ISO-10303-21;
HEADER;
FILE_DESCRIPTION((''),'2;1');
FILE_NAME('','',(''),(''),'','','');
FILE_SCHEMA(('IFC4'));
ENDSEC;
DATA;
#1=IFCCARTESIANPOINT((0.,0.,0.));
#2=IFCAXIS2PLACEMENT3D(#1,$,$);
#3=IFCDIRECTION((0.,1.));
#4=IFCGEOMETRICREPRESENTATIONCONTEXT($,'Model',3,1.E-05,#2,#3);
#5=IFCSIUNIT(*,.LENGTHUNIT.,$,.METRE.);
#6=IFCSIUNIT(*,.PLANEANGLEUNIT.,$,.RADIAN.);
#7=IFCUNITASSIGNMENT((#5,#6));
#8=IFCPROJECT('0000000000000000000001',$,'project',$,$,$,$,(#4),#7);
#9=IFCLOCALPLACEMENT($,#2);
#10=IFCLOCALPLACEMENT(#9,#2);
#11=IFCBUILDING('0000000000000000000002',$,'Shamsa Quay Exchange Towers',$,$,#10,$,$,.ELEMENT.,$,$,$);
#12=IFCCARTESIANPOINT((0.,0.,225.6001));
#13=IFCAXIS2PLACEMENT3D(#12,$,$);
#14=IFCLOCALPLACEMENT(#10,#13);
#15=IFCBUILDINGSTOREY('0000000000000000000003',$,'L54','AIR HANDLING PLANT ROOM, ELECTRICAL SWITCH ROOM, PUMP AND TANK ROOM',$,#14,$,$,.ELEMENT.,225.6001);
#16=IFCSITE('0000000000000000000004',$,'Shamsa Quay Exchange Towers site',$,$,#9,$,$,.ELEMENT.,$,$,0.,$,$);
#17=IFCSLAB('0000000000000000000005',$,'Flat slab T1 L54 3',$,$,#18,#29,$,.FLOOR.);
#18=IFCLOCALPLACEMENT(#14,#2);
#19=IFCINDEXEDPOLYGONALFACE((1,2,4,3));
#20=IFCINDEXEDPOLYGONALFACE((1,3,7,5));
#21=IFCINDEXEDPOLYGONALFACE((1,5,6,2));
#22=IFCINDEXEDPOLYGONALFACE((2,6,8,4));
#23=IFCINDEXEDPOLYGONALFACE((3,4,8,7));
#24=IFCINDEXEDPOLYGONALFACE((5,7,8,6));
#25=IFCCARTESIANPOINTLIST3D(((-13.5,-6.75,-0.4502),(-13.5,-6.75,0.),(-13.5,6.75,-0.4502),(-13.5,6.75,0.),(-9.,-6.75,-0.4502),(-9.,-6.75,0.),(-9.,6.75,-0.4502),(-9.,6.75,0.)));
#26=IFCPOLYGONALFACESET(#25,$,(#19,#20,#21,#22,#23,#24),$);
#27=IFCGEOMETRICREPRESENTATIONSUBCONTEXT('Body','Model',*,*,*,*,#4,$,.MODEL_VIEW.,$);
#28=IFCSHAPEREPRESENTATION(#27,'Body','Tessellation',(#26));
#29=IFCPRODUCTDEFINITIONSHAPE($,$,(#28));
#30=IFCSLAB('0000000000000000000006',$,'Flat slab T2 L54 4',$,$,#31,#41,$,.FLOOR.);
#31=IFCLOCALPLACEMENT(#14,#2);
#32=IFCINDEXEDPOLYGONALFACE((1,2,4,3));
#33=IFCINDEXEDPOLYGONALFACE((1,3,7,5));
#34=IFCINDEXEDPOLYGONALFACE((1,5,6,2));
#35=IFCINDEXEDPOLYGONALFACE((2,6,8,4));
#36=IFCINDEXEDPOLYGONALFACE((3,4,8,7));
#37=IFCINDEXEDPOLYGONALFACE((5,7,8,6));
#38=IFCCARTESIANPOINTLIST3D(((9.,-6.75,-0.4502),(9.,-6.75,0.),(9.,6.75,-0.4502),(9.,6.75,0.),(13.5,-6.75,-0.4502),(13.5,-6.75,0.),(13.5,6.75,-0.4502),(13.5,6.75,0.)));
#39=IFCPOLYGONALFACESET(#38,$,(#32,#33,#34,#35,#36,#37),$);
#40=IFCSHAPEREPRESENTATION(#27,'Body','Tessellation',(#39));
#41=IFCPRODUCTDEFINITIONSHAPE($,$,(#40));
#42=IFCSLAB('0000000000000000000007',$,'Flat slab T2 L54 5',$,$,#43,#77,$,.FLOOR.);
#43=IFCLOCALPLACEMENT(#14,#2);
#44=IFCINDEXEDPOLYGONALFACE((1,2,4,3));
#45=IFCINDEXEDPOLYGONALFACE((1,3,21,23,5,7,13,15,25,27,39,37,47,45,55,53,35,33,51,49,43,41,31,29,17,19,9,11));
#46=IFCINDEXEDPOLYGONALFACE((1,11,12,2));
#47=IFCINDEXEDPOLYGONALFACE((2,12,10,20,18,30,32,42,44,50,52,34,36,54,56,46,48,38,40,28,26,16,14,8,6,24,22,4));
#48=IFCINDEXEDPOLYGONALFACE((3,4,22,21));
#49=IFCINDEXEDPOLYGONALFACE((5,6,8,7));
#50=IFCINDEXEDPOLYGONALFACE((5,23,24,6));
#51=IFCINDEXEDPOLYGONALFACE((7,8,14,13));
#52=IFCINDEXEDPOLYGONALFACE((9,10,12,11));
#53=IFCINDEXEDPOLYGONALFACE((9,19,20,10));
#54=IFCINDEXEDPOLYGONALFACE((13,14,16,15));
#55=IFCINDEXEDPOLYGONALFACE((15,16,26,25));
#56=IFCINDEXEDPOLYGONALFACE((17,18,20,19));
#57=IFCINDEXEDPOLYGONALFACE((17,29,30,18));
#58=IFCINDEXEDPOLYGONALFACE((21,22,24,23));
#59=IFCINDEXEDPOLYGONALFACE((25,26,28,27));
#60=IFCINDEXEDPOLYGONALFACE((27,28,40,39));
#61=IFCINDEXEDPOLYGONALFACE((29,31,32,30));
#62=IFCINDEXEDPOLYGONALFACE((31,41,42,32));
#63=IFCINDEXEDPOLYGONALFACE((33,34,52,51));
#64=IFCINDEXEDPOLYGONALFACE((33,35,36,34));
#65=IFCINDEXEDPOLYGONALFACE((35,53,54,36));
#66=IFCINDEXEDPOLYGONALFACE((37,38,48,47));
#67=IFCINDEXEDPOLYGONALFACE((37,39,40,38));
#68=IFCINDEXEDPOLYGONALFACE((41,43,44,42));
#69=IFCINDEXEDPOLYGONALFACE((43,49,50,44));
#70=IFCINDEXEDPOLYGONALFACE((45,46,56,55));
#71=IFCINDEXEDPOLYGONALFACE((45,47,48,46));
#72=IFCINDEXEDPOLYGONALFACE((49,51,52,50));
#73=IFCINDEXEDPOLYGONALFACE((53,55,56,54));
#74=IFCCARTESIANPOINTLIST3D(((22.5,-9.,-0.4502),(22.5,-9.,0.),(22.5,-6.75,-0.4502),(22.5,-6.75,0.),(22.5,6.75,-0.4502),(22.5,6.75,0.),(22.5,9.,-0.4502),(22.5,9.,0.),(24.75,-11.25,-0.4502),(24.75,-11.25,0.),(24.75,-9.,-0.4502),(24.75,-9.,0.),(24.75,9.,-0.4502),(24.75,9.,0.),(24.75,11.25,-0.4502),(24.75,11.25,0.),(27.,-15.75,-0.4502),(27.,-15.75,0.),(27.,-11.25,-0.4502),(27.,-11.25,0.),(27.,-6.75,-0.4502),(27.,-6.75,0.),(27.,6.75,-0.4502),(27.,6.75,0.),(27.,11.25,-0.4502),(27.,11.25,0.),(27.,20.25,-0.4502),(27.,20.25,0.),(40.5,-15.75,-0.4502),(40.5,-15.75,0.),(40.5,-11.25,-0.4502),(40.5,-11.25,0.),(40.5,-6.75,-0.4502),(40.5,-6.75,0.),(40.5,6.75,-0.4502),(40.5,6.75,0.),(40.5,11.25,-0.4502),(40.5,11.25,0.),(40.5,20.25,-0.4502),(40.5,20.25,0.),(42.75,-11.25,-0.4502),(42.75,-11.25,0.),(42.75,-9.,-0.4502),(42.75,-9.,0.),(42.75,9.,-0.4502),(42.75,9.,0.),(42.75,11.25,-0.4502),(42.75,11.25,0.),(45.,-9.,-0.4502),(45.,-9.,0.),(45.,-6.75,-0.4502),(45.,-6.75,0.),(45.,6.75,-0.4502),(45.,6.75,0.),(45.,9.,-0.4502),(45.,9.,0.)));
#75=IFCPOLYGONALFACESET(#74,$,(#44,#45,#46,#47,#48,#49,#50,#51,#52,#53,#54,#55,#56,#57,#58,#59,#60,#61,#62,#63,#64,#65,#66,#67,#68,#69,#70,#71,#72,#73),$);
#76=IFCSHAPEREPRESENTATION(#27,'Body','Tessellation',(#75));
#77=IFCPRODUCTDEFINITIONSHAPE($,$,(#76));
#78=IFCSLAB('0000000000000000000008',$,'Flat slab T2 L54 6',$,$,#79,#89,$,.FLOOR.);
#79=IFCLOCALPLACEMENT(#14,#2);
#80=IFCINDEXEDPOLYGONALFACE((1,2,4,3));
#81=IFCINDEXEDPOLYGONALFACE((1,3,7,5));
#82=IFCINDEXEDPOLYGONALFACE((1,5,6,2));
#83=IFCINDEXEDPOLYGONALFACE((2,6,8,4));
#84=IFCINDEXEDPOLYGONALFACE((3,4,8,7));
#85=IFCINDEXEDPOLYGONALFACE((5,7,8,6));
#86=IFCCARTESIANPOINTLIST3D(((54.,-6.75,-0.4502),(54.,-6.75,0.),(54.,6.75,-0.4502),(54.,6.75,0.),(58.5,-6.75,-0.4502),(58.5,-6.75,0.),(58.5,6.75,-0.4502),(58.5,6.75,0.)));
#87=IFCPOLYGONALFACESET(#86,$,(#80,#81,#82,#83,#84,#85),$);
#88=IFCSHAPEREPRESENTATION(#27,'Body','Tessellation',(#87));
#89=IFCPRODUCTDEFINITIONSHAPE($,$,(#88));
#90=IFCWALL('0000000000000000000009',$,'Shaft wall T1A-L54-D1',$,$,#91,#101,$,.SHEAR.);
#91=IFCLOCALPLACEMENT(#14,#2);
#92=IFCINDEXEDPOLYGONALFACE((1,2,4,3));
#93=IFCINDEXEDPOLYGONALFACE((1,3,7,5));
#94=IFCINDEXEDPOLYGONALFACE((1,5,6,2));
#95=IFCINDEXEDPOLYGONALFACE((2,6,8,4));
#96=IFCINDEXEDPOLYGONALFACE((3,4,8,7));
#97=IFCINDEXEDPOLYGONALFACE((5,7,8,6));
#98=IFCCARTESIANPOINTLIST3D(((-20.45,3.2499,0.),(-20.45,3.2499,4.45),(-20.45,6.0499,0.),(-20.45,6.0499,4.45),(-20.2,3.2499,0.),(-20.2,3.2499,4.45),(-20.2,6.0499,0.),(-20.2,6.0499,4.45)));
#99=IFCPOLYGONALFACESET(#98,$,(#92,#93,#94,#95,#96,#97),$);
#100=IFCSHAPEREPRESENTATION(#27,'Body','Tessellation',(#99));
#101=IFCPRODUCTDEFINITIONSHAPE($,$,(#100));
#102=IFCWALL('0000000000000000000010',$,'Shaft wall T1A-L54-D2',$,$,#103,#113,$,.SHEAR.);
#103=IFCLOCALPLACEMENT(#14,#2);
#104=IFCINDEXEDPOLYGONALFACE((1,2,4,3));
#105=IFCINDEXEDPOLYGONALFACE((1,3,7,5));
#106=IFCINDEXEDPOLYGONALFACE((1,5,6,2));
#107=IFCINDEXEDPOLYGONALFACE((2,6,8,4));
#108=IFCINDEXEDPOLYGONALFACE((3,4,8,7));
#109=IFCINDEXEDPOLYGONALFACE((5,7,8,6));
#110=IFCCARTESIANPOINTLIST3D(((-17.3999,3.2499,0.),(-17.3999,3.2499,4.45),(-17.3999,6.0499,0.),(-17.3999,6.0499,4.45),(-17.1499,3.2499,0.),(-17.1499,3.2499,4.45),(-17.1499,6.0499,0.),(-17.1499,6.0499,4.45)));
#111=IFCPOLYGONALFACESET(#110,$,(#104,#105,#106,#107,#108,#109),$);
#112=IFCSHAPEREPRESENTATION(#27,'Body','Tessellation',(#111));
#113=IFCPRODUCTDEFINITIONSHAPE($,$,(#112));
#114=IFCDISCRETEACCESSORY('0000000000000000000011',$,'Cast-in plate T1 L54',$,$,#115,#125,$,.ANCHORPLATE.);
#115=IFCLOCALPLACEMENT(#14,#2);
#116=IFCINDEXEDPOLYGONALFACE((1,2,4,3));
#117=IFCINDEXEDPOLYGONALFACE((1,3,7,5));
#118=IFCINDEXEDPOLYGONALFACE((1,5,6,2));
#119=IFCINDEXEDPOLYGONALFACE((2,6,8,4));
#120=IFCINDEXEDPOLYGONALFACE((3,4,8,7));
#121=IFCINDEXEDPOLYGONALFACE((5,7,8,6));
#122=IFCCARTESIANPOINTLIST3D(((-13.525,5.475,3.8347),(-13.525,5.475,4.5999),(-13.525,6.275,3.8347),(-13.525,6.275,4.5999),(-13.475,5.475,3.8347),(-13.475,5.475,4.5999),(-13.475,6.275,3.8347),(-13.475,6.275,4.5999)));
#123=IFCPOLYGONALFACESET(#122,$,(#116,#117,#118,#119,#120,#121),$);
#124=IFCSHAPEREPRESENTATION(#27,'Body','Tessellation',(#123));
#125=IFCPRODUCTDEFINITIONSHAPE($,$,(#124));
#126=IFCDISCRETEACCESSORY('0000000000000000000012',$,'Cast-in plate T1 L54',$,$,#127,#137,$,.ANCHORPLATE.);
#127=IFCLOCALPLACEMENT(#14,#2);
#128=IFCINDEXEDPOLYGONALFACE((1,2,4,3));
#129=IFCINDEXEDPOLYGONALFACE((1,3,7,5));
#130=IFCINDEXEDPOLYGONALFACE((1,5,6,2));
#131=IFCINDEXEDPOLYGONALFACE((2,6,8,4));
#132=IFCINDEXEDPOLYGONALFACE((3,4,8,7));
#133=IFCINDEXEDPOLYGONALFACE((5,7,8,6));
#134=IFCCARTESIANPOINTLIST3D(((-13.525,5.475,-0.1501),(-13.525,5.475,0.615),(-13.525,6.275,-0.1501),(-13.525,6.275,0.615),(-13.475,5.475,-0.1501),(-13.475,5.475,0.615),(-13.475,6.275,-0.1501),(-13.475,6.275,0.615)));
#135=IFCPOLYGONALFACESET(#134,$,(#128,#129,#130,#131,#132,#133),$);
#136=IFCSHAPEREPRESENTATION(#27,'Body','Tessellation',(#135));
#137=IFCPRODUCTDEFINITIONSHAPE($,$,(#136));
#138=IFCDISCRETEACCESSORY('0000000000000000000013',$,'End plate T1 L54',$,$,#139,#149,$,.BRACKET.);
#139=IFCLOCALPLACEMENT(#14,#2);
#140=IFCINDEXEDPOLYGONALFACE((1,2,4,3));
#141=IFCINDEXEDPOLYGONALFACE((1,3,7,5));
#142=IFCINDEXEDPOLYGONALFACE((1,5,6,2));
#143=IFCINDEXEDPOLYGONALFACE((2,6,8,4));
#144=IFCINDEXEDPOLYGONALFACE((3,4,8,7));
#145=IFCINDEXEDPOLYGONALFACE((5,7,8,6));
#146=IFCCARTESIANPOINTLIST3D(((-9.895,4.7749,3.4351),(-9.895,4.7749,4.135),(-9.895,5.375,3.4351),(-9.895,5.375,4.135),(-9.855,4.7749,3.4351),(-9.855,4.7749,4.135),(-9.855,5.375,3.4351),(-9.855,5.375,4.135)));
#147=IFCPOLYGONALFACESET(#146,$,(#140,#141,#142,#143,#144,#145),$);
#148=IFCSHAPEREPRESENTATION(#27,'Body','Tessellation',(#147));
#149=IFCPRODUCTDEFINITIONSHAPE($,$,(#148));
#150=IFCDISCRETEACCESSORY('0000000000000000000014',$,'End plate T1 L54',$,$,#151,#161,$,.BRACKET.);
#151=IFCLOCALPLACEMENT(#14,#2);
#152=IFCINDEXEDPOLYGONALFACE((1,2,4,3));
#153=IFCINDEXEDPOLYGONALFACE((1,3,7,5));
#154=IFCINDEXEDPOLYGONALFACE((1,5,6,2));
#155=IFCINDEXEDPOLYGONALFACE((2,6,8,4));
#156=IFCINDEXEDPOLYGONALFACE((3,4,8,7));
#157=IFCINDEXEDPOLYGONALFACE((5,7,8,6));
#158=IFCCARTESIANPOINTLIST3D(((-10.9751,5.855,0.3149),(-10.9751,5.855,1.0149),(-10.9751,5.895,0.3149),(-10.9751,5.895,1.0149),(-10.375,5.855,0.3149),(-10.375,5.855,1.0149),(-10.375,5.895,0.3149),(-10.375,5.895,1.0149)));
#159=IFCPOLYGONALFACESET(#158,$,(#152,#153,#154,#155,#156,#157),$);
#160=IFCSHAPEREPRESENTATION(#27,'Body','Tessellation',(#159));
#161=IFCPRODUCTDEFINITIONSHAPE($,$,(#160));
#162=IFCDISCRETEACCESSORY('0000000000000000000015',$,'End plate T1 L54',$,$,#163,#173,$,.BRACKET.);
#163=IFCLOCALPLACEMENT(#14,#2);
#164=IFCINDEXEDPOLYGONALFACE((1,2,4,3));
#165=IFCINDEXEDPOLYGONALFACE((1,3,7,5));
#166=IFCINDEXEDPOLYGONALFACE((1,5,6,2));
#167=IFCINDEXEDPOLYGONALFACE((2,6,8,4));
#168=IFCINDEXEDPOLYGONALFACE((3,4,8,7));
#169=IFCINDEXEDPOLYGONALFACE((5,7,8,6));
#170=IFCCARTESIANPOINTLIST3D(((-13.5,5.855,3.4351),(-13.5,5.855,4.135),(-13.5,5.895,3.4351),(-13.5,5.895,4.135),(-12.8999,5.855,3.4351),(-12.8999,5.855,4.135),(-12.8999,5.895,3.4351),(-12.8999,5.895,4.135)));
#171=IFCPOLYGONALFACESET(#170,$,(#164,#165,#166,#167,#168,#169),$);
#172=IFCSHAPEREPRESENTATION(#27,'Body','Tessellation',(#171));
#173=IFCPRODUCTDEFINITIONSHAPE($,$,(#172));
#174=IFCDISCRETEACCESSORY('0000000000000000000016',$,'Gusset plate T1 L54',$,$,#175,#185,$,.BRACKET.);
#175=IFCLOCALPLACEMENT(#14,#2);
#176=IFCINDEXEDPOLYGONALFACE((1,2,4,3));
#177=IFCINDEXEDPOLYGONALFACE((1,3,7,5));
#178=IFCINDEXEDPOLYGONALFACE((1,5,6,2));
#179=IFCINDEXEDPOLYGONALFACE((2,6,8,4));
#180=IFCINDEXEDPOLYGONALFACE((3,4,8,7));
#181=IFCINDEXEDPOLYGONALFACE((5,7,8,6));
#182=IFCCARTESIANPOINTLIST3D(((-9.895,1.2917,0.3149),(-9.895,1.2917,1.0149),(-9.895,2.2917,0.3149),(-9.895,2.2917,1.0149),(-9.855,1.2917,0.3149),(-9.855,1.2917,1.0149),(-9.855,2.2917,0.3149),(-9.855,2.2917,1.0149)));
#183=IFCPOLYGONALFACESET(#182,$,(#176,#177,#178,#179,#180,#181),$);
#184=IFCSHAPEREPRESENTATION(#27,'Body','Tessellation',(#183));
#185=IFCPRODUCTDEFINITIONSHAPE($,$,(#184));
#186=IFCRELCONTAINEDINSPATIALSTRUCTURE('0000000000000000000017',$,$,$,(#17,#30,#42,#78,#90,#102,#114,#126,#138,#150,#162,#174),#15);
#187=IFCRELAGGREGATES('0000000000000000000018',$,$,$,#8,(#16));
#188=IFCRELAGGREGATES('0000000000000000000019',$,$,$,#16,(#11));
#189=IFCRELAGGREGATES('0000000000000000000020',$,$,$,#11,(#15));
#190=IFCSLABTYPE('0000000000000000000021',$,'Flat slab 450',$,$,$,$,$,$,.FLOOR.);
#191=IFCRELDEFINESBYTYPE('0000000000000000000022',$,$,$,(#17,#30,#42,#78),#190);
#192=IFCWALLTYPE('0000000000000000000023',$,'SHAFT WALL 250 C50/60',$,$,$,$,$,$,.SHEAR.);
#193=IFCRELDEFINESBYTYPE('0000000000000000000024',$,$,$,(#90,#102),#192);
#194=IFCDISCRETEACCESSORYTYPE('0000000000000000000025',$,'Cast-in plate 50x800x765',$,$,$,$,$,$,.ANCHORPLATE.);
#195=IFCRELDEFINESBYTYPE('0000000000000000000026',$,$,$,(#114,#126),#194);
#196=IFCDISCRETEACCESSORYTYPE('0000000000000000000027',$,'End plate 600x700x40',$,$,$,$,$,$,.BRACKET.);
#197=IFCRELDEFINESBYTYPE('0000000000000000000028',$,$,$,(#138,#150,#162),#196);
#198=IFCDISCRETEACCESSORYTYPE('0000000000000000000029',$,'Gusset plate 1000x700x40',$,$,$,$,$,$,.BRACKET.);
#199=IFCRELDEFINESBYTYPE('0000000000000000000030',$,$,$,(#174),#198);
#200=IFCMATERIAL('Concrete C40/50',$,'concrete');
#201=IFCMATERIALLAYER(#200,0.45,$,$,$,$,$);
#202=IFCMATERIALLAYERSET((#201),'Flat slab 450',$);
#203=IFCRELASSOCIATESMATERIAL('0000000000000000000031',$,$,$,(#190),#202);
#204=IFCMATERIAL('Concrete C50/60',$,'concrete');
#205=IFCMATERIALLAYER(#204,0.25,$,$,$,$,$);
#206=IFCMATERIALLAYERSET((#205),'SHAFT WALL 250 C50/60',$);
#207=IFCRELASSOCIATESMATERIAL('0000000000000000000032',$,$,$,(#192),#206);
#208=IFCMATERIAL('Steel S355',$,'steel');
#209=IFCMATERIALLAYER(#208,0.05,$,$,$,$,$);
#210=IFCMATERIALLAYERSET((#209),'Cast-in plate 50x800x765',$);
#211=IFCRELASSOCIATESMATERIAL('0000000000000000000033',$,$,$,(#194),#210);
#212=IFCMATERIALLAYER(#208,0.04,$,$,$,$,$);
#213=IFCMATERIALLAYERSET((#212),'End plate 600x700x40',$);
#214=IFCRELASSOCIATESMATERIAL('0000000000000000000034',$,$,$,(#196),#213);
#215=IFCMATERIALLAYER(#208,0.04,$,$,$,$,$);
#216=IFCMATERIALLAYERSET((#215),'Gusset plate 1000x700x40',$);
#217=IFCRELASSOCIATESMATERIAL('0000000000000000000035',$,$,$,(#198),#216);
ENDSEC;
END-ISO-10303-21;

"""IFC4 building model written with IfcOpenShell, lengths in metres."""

from ifc_helpers import new_model, si_unit, direction, frame, frame_2d, origin, origin_2d, place, context, subcontext, project, spatial, polyline, rectangle, outline, extrude, material, layer, layer_set, type_object, element, save


model = new_model("IFC4")

# Units and contexts
model_context = context("Model", 3, precision=1e-05, world=origin(), true_north=direction((0.0, 1.0)))
body_context = subcontext(model_context, "Body", "Model", "MODEL_VIEW")
ifc_project = project(units=[si_unit("LENGTHUNIT", "METRE"), si_unit("PLANEANGLEUNIT", "RADIAN")], contexts=[model_context])

# Site, building, storey
site_placement = place(None, origin())
site = spatial("IfcSite", under=ifc_project, at=site_placement, Name="Shamsa Quay Exchange Towers site", CompositionType="ELEMENT", RefElevation=0.0)
building_placement = place(site_placement, origin())
building = spatial("IfcBuilding", under=site, at=building_placement, Name="Shamsa Quay Exchange Towers", CompositionType="ELEMENT")
storey_placement = place(building_placement, frame((0.0, 0.0, 225.6001)))
storey = spatial("IfcBuildingStorey", under=building, at=storey_placement, Name="L54", Description="AIR HANDLING PLANT ROOM, ELECTRICAL SWITCH ROOM, PUMP AND TANK ROOM", CompositionType="ELEMENT", Elevation=225.6001)

# Shared definitions
ifc_material_1 = material(Name="Steel S355", Category="steel")

# Shared definitions
ifc_material_2 = material(Name="Concrete C50/60", Category="concrete")

# Shared definitions
ifc_material_3 = material(Name="Concrete C40/50", Category="concrete")

# Slabs
ifc_layer_1 = layer(ifc_material_3, 0.45)
ifc_layer_set_1 = layer_set([ifc_layer_1], Name="Flat slab 450")
slab_type_1 = type_object("IfcSlabType", Name="Flat slab 450", PredefinedType="FLOOR", material=ifc_layer_set_1)
slab_1_placement = place(storey_placement, frame((0.0, 0.0, -0.4502)))
element("IfcSlab", 1, at=slab_1_placement, inside=storey, type_object=slab_type_1, Name="Flat slab T1 L54 3", PredefinedType="FLOOR", context=body_context, shape_type="SweptSolid", body=[
    extrude(outline(polyline([(-9.0, 6.75), (-13.5, 6.75), (-13.5, -6.75), (-9.0, -6.75), (-9.0, 6.75)])), origin(), (0.0, 0.0, 1.0), 0.4502),
])
slab_2_placement = place(storey_placement, frame((0.0, 0.0, -0.4502)))
element("IfcSlab", 2, at=slab_2_placement, inside=storey, type_object=slab_type_1, Name="Flat slab T2 L54 4", PredefinedType="FLOOR", context=body_context, shape_type="SweptSolid", body=[
    extrude(outline(polyline([(9.0, -6.75), (13.5, -6.75), (13.5, 6.75), (9.0, 6.75), (9.0, -6.75)])), origin(), (0.0, 0.0, 1.0), 0.4502),
])
slab_3_placement = place(storey_placement, frame((0.0, 0.0, -0.4502)))
element("IfcSlab", 3, at=slab_3_placement, inside=storey, type_object=slab_type_1, Name="Flat slab T2 L54 5", PredefinedType="FLOOR", context=body_context, shape_type="SweptSolid", body=[
    extrude(outline(polyline([(45.0, -9.0), (45.0, -6.75), (40.5, -6.75), (40.5, 6.75), (45.0, 6.75), (45.0, 9.0), (42.75, 9.0), (42.75, 11.25), (40.5, 11.25), (40.5, 20.25), (27.0, 20.25), (27.0, 11.25), (24.75, 11.25), (24.75, 9.0), (22.5, 9.0), (22.5, 6.75), (27.0, 6.75), (27.0, -6.75), (22.5, -6.75), (22.5, -9.0), (24.75, -9.0), (24.75, -11.25), (27.0, -11.25), (27.0, -15.75), (40.5, -15.75), (40.5, -11.25), (42.75, -11.25), (42.75, -9.0), (45.0, -9.0)])), origin(), (0.0, 0.0, 1.0), 0.4502),
])
slab_4_placement = place(storey_placement, frame((0.0, 0.0, -0.4502)))
element("IfcSlab", 4, at=slab_4_placement, inside=storey, type_object=slab_type_1, Name="Flat slab T2 L54 6", PredefinedType="FLOOR", context=body_context, shape_type="SweptSolid", body=[
    extrude(outline(polyline([(58.5, 6.75), (54.0, 6.75), (54.0, -6.75), (58.5, -6.75), (58.5, 6.75)])), origin(), (0.0, 0.0, 1.0), 0.4502),
])

# Walls
ifc_layer_2 = layer(ifc_material_2, 0.25)
ifc_layer_set_2 = layer_set([ifc_layer_2], Name="SHAFT WALL 250 C50/60")
wall_type_1 = type_object("IfcWallType", Name="SHAFT WALL 250 C50/60", PredefinedType="SHEAR", material=ifc_layer_set_2)
for number, where, z_axis, x_axis, name in (
    (5, (-20.325, 3.25, 0.0), (0.0, 0.0, 1.0), (0.0, 1.0, 0.0), "Shaft wall T1A-L54-D1"),
    (6, (-17.2749, 3.25, 0.0), (0.0, 0.0, 1.0), (0.0, 1.0, 0.0), "Shaft wall T1A-L54-D2"),
):
    element("IfcWall", number, at=place(storey_placement, frame(where, z_axis=z_axis, x_axis=x_axis)), inside=storey, type_object=wall_type_1, Name=name, PredefinedType="SHEAR", context=body_context, shape_type="SweptSolid", body=[
        extrude(rectangle(XDim=2.8, YDim=0.25, at=frame_2d((1.3999, 0.0))), origin(), (0.0, 0.0, 1.0), 4.45),
    ])

# Discrete accessories
ifc_layer_3 = layer(ifc_material_1, 0.05)
ifc_layer_set_3 = layer_set([ifc_layer_3], Name="Cast-in plate 50x800x765")
discrete_accessory_type_1 = type_object("IfcDiscreteAccessoryType", Name="Cast-in plate 50x800x765", PredefinedType="ANCHORPLATE", material=ifc_layer_set_3)
for number, where, z_axis, x_axis, name in (
    (7, (-13.5, 5.875, 3.8347), (0.0, 0.0, 1.0), (-1.0, 0.0, 0.0), "Cast-in plate T1 L54"),
    (8, (-13.5, 5.875, -0.1501), (0.0, 0.0, 1.0), (-1.0, 0.0, 0.0), "Cast-in plate T1 L54"),
):
    element("IfcDiscreteAccessory", number, at=place(storey_placement, frame(where, z_axis=z_axis, x_axis=x_axis)), inside=storey, type_object=discrete_accessory_type_1, Name=name, PredefinedType="ANCHORPLATE", context=body_context, shape_type="SweptSolid", body=[
        extrude(rectangle(XDim=0.05, YDim=0.8, at=origin_2d()), origin(), (0.0, 0.0, 1.0), 0.7651),
    ])
ifc_layer_4 = layer(ifc_material_1, 0.04)
ifc_layer_set_4 = layer_set([ifc_layer_4], Name="End plate 600x700x40")
discrete_accessory_type_2 = type_object("IfcDiscreteAccessoryType", Name="End plate 600x700x40", PredefinedType="BRACKET", material=ifc_layer_set_4)
for number, where, z_axis, x_axis, name in (
    (9, (-9.875, 5.075, 3.4351), (0.0, 0.0, 1.0), (0.0, 1.0, 0.0), "End plate T1 L54"),
    (10, (-10.675, 5.875, 0.3149), (0.0, 0.0, 1.0), (-1.0, 0.0, 0.0), "End plate T1 L54"),
    (11, (-13.2, 5.875, 3.4351), (0.0, 0.0, 1.0), (-1.0, 0.0, 0.0), "End plate T1 L54"),
):
    element("IfcDiscreteAccessory", number, at=place(storey_placement, frame(where, z_axis=z_axis, x_axis=x_axis)), inside=storey, type_object=discrete_accessory_type_2, Name=name, PredefinedType="BRACKET", context=body_context, shape_type="SweptSolid", body=[
        extrude(rectangle(XDim=0.6001, YDim=0.04, at=origin_2d()), origin(), (0.0, 0.0, 1.0), 0.7),
    ])
ifc_layer_5 = layer(ifc_material_1, 0.04)
ifc_layer_set_5 = layer_set([ifc_layer_5], Name="Gusset plate 1000x700x40")
discrete_accessory_type_3 = type_object("IfcDiscreteAccessoryType", Name="Gusset plate 1000x700x40", PredefinedType="BRACKET", material=ifc_layer_set_5)
discrete_accessory_placement = place(storey_placement, frame((-9.875, 1.7917, 0.3149), z_axis=(0.0, 0.0, 1.0), x_axis=(0.0, 1.0, 0.0)))
element("IfcDiscreteAccessory", 12, at=discrete_accessory_placement, inside=storey, type_object=discrete_accessory_type_3, Name="Gusset plate T1 L54", PredefinedType="BRACKET", context=body_context, shape_type="SweptSolid", body=[
    extrude(rectangle(XDim=1.0, YDim=0.04, at=origin_2d()), origin(), (0.0, 0.0, 1.0), 0.7),
])

save(model, "model.ifc")
